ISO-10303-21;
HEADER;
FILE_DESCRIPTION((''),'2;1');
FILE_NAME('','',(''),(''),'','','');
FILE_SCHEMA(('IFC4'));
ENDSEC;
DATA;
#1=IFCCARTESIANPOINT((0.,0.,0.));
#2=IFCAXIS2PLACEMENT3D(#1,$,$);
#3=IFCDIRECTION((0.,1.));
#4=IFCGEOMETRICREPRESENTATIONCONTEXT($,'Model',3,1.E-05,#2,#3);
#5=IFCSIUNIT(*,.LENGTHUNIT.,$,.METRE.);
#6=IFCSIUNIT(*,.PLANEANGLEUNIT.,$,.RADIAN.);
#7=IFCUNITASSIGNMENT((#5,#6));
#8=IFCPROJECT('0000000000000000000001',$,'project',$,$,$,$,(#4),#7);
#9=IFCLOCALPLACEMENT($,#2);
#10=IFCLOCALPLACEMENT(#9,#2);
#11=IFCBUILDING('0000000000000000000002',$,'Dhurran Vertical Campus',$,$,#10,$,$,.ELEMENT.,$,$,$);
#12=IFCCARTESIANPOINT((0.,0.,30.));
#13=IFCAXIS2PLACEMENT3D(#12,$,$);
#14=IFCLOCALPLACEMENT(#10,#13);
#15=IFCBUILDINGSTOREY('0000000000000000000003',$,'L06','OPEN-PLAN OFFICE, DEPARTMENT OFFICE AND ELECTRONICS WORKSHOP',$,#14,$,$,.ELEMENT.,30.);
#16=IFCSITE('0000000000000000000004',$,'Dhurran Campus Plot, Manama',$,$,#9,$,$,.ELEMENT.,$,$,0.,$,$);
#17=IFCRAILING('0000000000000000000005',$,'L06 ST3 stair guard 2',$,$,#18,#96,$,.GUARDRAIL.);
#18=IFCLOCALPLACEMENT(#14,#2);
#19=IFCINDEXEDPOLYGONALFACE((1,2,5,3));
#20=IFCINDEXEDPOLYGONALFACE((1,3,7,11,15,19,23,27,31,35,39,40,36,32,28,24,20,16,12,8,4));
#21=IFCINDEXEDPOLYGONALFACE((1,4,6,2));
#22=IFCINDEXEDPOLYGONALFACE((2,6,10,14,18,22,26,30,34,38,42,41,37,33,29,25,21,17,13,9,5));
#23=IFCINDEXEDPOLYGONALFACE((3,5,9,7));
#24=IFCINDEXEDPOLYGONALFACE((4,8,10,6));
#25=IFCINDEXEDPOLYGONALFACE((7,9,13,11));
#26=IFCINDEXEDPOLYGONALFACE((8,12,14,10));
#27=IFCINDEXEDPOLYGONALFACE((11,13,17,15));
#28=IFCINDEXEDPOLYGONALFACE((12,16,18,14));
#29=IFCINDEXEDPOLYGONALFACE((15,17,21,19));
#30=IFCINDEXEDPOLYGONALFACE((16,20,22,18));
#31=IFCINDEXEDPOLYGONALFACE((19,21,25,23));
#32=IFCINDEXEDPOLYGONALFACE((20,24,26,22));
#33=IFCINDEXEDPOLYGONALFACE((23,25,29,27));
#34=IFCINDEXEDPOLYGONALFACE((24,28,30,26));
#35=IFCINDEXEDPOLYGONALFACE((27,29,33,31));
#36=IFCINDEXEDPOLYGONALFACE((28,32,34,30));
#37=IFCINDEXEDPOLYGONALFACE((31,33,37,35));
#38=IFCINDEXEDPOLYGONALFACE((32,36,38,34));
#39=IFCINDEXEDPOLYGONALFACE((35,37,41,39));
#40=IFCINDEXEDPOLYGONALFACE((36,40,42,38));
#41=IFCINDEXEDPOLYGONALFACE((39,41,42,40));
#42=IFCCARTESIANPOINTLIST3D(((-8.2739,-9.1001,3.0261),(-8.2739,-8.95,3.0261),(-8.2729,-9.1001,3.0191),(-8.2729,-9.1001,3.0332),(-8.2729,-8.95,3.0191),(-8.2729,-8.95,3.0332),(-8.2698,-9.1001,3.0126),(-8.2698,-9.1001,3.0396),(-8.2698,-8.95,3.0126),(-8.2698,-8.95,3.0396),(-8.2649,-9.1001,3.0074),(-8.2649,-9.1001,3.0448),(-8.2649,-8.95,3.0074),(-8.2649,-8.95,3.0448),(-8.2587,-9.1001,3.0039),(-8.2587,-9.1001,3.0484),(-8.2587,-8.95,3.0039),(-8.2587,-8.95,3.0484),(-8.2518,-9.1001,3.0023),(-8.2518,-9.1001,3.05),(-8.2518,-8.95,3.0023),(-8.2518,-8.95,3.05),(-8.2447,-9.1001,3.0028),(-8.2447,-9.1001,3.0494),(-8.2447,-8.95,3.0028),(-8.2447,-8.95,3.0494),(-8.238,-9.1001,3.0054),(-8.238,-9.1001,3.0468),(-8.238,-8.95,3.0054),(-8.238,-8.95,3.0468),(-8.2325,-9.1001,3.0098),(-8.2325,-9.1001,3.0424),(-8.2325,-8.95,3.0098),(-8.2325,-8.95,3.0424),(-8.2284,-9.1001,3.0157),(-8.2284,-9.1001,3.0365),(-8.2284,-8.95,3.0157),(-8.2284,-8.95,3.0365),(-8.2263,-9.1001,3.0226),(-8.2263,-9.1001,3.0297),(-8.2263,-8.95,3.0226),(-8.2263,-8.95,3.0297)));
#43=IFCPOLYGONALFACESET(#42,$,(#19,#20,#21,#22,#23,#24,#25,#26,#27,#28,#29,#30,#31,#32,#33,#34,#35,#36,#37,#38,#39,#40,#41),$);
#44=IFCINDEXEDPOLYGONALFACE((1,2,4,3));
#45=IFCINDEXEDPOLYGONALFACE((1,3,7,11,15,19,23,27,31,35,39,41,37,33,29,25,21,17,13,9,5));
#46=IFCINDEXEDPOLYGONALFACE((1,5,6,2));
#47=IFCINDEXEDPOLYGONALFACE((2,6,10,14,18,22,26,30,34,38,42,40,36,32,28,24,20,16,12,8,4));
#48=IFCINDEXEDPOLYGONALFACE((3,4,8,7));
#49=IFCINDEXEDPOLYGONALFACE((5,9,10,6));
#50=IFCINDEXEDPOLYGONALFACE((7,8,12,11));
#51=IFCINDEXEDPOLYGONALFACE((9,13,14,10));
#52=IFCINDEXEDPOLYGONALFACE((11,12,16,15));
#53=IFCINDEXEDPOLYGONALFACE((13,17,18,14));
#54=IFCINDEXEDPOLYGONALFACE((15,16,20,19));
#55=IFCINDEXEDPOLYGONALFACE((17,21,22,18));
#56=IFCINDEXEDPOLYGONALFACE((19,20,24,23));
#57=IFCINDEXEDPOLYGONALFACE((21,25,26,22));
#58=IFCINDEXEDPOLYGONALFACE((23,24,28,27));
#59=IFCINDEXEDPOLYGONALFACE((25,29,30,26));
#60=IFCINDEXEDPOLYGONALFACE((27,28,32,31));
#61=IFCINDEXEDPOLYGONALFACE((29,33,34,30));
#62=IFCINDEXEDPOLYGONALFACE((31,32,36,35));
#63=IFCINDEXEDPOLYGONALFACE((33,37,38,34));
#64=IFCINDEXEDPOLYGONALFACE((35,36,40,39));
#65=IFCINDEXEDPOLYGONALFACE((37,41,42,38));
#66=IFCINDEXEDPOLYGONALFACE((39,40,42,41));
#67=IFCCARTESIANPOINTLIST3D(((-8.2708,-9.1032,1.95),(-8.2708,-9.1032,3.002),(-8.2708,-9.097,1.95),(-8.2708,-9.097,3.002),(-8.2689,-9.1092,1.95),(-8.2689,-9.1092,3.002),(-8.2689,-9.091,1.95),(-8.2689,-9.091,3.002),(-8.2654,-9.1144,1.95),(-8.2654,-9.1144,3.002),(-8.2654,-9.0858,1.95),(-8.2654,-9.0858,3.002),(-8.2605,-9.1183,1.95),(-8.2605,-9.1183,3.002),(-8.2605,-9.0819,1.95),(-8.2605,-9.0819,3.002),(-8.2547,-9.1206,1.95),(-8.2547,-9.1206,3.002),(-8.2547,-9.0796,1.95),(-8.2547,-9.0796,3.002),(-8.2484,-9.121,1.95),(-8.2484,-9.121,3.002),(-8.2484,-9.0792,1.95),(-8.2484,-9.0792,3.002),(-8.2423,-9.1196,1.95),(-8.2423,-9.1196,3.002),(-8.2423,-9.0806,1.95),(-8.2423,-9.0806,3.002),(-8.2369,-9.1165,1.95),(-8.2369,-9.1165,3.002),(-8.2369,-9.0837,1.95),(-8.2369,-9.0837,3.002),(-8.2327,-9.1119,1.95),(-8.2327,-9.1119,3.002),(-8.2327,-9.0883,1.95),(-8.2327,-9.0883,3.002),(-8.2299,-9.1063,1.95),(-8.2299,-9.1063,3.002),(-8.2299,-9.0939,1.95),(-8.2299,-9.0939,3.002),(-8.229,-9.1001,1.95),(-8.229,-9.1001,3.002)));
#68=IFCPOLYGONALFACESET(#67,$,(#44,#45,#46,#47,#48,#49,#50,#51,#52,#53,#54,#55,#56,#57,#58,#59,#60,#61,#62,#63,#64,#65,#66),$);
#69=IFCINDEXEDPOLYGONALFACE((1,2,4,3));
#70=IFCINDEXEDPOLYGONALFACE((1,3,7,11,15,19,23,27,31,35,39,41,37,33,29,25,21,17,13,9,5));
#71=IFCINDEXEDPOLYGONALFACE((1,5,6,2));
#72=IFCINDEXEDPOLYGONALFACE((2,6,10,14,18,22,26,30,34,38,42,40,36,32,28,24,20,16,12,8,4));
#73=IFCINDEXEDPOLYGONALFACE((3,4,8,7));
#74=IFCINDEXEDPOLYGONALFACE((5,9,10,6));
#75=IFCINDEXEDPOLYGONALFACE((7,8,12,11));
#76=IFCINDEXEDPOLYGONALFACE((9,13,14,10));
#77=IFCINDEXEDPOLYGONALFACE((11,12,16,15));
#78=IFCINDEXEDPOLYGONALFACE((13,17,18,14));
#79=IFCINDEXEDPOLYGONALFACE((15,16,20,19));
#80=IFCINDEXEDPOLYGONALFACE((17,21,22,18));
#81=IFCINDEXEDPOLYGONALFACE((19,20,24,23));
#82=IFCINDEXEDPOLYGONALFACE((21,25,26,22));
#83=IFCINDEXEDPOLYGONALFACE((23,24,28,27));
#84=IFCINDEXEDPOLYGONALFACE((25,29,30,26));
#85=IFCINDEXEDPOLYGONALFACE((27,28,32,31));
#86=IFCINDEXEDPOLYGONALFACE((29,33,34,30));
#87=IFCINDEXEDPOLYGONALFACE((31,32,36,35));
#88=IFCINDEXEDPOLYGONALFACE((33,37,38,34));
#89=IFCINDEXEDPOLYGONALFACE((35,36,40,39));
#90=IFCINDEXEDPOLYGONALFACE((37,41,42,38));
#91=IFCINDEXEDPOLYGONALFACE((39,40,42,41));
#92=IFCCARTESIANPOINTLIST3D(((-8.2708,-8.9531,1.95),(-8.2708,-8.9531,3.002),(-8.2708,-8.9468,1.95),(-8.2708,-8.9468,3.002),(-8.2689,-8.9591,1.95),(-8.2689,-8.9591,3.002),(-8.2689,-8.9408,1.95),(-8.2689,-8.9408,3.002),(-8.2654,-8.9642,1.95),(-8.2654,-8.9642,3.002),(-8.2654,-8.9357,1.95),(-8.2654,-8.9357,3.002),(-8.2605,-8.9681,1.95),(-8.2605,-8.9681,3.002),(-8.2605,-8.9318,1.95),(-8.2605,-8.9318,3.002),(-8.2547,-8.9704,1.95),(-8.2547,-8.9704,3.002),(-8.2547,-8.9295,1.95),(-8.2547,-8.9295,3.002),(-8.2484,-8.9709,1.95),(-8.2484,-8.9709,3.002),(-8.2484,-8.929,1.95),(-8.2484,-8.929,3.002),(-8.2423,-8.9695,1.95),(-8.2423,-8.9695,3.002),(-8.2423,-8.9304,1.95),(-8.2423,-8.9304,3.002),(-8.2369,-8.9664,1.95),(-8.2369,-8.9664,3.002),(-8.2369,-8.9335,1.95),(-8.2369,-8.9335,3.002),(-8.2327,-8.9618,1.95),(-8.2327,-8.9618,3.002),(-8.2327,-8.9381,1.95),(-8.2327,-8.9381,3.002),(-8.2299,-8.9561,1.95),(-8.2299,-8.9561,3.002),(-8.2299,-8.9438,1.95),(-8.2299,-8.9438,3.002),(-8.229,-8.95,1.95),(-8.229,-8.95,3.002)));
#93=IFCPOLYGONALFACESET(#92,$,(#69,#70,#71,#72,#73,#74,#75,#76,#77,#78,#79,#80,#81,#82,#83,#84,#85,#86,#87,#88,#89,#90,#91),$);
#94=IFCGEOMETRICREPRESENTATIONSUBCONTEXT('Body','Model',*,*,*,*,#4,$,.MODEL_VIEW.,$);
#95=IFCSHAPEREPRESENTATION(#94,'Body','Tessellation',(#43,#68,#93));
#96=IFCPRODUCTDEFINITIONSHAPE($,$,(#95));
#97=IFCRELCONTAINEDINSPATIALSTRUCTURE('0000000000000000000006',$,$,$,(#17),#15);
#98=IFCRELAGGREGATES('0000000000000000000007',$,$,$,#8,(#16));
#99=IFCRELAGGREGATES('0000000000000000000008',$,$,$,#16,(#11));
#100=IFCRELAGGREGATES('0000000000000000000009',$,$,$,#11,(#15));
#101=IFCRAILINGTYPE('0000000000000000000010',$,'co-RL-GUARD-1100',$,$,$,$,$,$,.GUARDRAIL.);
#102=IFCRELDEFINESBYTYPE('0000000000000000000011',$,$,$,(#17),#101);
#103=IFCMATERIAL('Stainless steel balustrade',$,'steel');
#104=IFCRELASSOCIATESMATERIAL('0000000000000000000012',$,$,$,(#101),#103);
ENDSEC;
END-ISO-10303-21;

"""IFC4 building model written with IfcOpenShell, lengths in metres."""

from ifc_helpers import new_model, si_unit, direction, frame, origin, origin_2d, place, context, subcontext, project, spatial, circle, extrude, material, type_object, element, save


model = new_model("IFC4")

# Units and contexts
model_context = context("Model", 3, precision=1e-05, world=origin(), true_north=direction((0.0, 1.0)))
body_context = subcontext(model_context, "Body", "Model", "MODEL_VIEW")
ifc_project = project(units=[si_unit("LENGTHUNIT", "METRE"), si_unit("PLANEANGLEUNIT", "RADIAN")], contexts=[model_context])

# Site, building, storey
site_placement = place(None, origin())
site = spatial("IfcSite", under=ifc_project, at=site_placement, Name="Dhurran Campus Plot, Manama", CompositionType="ELEMENT", RefElevation=0.0)
building_placement = place(site_placement, origin())
building = spatial("IfcBuilding", under=site, at=building_placement, Name="Dhurran Vertical Campus", CompositionType="ELEMENT")
storey_placement = place(building_placement, frame((0.0, 0.0, 30.0)))
storey = spatial("IfcBuildingStorey", under=building, at=storey_placement, Name="L06", Description="OPEN-PLAN OFFICE, DEPARTMENT OFFICE AND ELECTRONICS WORKSHOP", CompositionType="ELEMENT", Elevation=30.0)

# Railing
ifc_material_1 = material(Name="Stainless steel balustrade", Category="steel")
railing_type_1 = type_object("IfcRailingType", Name="co-RL-GUARD-1100", PredefinedType="GUARDRAIL", material=ifc_material_1)
railing_1_placement = place(storey_placement, frame((-8.25, -9.1001, 1.95)))
element("IfcRailing", 1, at=railing_1_placement, inside=storey, type_object=railing_type_1, Name="L06 ST3 stair guard 2", PredefinedType="GUARDRAIL", context=body_context, shape_type="SweptSolid", body=[
    extrude(circle(Radius=0.0239, at=origin_2d()), frame((0.0, 0.0, 1.0762), z_axis=(0.0, 1.0, 0.0), x_axis=(-1.0, 0.0, 0.0)), (0.0, 0.0, 1.0), 0.1501),
    extrude(circle(Radius=0.021, at=origin_2d()), origin(), (0.0, 0.0, 1.0), 1.052),
    extrude(circle(Radius=0.021, at=origin_2d()), frame((0.0, 0.1501, 0.0)), (0.0, 0.0, 1.0), 1.052),
])

save(model, "model.ifc")
